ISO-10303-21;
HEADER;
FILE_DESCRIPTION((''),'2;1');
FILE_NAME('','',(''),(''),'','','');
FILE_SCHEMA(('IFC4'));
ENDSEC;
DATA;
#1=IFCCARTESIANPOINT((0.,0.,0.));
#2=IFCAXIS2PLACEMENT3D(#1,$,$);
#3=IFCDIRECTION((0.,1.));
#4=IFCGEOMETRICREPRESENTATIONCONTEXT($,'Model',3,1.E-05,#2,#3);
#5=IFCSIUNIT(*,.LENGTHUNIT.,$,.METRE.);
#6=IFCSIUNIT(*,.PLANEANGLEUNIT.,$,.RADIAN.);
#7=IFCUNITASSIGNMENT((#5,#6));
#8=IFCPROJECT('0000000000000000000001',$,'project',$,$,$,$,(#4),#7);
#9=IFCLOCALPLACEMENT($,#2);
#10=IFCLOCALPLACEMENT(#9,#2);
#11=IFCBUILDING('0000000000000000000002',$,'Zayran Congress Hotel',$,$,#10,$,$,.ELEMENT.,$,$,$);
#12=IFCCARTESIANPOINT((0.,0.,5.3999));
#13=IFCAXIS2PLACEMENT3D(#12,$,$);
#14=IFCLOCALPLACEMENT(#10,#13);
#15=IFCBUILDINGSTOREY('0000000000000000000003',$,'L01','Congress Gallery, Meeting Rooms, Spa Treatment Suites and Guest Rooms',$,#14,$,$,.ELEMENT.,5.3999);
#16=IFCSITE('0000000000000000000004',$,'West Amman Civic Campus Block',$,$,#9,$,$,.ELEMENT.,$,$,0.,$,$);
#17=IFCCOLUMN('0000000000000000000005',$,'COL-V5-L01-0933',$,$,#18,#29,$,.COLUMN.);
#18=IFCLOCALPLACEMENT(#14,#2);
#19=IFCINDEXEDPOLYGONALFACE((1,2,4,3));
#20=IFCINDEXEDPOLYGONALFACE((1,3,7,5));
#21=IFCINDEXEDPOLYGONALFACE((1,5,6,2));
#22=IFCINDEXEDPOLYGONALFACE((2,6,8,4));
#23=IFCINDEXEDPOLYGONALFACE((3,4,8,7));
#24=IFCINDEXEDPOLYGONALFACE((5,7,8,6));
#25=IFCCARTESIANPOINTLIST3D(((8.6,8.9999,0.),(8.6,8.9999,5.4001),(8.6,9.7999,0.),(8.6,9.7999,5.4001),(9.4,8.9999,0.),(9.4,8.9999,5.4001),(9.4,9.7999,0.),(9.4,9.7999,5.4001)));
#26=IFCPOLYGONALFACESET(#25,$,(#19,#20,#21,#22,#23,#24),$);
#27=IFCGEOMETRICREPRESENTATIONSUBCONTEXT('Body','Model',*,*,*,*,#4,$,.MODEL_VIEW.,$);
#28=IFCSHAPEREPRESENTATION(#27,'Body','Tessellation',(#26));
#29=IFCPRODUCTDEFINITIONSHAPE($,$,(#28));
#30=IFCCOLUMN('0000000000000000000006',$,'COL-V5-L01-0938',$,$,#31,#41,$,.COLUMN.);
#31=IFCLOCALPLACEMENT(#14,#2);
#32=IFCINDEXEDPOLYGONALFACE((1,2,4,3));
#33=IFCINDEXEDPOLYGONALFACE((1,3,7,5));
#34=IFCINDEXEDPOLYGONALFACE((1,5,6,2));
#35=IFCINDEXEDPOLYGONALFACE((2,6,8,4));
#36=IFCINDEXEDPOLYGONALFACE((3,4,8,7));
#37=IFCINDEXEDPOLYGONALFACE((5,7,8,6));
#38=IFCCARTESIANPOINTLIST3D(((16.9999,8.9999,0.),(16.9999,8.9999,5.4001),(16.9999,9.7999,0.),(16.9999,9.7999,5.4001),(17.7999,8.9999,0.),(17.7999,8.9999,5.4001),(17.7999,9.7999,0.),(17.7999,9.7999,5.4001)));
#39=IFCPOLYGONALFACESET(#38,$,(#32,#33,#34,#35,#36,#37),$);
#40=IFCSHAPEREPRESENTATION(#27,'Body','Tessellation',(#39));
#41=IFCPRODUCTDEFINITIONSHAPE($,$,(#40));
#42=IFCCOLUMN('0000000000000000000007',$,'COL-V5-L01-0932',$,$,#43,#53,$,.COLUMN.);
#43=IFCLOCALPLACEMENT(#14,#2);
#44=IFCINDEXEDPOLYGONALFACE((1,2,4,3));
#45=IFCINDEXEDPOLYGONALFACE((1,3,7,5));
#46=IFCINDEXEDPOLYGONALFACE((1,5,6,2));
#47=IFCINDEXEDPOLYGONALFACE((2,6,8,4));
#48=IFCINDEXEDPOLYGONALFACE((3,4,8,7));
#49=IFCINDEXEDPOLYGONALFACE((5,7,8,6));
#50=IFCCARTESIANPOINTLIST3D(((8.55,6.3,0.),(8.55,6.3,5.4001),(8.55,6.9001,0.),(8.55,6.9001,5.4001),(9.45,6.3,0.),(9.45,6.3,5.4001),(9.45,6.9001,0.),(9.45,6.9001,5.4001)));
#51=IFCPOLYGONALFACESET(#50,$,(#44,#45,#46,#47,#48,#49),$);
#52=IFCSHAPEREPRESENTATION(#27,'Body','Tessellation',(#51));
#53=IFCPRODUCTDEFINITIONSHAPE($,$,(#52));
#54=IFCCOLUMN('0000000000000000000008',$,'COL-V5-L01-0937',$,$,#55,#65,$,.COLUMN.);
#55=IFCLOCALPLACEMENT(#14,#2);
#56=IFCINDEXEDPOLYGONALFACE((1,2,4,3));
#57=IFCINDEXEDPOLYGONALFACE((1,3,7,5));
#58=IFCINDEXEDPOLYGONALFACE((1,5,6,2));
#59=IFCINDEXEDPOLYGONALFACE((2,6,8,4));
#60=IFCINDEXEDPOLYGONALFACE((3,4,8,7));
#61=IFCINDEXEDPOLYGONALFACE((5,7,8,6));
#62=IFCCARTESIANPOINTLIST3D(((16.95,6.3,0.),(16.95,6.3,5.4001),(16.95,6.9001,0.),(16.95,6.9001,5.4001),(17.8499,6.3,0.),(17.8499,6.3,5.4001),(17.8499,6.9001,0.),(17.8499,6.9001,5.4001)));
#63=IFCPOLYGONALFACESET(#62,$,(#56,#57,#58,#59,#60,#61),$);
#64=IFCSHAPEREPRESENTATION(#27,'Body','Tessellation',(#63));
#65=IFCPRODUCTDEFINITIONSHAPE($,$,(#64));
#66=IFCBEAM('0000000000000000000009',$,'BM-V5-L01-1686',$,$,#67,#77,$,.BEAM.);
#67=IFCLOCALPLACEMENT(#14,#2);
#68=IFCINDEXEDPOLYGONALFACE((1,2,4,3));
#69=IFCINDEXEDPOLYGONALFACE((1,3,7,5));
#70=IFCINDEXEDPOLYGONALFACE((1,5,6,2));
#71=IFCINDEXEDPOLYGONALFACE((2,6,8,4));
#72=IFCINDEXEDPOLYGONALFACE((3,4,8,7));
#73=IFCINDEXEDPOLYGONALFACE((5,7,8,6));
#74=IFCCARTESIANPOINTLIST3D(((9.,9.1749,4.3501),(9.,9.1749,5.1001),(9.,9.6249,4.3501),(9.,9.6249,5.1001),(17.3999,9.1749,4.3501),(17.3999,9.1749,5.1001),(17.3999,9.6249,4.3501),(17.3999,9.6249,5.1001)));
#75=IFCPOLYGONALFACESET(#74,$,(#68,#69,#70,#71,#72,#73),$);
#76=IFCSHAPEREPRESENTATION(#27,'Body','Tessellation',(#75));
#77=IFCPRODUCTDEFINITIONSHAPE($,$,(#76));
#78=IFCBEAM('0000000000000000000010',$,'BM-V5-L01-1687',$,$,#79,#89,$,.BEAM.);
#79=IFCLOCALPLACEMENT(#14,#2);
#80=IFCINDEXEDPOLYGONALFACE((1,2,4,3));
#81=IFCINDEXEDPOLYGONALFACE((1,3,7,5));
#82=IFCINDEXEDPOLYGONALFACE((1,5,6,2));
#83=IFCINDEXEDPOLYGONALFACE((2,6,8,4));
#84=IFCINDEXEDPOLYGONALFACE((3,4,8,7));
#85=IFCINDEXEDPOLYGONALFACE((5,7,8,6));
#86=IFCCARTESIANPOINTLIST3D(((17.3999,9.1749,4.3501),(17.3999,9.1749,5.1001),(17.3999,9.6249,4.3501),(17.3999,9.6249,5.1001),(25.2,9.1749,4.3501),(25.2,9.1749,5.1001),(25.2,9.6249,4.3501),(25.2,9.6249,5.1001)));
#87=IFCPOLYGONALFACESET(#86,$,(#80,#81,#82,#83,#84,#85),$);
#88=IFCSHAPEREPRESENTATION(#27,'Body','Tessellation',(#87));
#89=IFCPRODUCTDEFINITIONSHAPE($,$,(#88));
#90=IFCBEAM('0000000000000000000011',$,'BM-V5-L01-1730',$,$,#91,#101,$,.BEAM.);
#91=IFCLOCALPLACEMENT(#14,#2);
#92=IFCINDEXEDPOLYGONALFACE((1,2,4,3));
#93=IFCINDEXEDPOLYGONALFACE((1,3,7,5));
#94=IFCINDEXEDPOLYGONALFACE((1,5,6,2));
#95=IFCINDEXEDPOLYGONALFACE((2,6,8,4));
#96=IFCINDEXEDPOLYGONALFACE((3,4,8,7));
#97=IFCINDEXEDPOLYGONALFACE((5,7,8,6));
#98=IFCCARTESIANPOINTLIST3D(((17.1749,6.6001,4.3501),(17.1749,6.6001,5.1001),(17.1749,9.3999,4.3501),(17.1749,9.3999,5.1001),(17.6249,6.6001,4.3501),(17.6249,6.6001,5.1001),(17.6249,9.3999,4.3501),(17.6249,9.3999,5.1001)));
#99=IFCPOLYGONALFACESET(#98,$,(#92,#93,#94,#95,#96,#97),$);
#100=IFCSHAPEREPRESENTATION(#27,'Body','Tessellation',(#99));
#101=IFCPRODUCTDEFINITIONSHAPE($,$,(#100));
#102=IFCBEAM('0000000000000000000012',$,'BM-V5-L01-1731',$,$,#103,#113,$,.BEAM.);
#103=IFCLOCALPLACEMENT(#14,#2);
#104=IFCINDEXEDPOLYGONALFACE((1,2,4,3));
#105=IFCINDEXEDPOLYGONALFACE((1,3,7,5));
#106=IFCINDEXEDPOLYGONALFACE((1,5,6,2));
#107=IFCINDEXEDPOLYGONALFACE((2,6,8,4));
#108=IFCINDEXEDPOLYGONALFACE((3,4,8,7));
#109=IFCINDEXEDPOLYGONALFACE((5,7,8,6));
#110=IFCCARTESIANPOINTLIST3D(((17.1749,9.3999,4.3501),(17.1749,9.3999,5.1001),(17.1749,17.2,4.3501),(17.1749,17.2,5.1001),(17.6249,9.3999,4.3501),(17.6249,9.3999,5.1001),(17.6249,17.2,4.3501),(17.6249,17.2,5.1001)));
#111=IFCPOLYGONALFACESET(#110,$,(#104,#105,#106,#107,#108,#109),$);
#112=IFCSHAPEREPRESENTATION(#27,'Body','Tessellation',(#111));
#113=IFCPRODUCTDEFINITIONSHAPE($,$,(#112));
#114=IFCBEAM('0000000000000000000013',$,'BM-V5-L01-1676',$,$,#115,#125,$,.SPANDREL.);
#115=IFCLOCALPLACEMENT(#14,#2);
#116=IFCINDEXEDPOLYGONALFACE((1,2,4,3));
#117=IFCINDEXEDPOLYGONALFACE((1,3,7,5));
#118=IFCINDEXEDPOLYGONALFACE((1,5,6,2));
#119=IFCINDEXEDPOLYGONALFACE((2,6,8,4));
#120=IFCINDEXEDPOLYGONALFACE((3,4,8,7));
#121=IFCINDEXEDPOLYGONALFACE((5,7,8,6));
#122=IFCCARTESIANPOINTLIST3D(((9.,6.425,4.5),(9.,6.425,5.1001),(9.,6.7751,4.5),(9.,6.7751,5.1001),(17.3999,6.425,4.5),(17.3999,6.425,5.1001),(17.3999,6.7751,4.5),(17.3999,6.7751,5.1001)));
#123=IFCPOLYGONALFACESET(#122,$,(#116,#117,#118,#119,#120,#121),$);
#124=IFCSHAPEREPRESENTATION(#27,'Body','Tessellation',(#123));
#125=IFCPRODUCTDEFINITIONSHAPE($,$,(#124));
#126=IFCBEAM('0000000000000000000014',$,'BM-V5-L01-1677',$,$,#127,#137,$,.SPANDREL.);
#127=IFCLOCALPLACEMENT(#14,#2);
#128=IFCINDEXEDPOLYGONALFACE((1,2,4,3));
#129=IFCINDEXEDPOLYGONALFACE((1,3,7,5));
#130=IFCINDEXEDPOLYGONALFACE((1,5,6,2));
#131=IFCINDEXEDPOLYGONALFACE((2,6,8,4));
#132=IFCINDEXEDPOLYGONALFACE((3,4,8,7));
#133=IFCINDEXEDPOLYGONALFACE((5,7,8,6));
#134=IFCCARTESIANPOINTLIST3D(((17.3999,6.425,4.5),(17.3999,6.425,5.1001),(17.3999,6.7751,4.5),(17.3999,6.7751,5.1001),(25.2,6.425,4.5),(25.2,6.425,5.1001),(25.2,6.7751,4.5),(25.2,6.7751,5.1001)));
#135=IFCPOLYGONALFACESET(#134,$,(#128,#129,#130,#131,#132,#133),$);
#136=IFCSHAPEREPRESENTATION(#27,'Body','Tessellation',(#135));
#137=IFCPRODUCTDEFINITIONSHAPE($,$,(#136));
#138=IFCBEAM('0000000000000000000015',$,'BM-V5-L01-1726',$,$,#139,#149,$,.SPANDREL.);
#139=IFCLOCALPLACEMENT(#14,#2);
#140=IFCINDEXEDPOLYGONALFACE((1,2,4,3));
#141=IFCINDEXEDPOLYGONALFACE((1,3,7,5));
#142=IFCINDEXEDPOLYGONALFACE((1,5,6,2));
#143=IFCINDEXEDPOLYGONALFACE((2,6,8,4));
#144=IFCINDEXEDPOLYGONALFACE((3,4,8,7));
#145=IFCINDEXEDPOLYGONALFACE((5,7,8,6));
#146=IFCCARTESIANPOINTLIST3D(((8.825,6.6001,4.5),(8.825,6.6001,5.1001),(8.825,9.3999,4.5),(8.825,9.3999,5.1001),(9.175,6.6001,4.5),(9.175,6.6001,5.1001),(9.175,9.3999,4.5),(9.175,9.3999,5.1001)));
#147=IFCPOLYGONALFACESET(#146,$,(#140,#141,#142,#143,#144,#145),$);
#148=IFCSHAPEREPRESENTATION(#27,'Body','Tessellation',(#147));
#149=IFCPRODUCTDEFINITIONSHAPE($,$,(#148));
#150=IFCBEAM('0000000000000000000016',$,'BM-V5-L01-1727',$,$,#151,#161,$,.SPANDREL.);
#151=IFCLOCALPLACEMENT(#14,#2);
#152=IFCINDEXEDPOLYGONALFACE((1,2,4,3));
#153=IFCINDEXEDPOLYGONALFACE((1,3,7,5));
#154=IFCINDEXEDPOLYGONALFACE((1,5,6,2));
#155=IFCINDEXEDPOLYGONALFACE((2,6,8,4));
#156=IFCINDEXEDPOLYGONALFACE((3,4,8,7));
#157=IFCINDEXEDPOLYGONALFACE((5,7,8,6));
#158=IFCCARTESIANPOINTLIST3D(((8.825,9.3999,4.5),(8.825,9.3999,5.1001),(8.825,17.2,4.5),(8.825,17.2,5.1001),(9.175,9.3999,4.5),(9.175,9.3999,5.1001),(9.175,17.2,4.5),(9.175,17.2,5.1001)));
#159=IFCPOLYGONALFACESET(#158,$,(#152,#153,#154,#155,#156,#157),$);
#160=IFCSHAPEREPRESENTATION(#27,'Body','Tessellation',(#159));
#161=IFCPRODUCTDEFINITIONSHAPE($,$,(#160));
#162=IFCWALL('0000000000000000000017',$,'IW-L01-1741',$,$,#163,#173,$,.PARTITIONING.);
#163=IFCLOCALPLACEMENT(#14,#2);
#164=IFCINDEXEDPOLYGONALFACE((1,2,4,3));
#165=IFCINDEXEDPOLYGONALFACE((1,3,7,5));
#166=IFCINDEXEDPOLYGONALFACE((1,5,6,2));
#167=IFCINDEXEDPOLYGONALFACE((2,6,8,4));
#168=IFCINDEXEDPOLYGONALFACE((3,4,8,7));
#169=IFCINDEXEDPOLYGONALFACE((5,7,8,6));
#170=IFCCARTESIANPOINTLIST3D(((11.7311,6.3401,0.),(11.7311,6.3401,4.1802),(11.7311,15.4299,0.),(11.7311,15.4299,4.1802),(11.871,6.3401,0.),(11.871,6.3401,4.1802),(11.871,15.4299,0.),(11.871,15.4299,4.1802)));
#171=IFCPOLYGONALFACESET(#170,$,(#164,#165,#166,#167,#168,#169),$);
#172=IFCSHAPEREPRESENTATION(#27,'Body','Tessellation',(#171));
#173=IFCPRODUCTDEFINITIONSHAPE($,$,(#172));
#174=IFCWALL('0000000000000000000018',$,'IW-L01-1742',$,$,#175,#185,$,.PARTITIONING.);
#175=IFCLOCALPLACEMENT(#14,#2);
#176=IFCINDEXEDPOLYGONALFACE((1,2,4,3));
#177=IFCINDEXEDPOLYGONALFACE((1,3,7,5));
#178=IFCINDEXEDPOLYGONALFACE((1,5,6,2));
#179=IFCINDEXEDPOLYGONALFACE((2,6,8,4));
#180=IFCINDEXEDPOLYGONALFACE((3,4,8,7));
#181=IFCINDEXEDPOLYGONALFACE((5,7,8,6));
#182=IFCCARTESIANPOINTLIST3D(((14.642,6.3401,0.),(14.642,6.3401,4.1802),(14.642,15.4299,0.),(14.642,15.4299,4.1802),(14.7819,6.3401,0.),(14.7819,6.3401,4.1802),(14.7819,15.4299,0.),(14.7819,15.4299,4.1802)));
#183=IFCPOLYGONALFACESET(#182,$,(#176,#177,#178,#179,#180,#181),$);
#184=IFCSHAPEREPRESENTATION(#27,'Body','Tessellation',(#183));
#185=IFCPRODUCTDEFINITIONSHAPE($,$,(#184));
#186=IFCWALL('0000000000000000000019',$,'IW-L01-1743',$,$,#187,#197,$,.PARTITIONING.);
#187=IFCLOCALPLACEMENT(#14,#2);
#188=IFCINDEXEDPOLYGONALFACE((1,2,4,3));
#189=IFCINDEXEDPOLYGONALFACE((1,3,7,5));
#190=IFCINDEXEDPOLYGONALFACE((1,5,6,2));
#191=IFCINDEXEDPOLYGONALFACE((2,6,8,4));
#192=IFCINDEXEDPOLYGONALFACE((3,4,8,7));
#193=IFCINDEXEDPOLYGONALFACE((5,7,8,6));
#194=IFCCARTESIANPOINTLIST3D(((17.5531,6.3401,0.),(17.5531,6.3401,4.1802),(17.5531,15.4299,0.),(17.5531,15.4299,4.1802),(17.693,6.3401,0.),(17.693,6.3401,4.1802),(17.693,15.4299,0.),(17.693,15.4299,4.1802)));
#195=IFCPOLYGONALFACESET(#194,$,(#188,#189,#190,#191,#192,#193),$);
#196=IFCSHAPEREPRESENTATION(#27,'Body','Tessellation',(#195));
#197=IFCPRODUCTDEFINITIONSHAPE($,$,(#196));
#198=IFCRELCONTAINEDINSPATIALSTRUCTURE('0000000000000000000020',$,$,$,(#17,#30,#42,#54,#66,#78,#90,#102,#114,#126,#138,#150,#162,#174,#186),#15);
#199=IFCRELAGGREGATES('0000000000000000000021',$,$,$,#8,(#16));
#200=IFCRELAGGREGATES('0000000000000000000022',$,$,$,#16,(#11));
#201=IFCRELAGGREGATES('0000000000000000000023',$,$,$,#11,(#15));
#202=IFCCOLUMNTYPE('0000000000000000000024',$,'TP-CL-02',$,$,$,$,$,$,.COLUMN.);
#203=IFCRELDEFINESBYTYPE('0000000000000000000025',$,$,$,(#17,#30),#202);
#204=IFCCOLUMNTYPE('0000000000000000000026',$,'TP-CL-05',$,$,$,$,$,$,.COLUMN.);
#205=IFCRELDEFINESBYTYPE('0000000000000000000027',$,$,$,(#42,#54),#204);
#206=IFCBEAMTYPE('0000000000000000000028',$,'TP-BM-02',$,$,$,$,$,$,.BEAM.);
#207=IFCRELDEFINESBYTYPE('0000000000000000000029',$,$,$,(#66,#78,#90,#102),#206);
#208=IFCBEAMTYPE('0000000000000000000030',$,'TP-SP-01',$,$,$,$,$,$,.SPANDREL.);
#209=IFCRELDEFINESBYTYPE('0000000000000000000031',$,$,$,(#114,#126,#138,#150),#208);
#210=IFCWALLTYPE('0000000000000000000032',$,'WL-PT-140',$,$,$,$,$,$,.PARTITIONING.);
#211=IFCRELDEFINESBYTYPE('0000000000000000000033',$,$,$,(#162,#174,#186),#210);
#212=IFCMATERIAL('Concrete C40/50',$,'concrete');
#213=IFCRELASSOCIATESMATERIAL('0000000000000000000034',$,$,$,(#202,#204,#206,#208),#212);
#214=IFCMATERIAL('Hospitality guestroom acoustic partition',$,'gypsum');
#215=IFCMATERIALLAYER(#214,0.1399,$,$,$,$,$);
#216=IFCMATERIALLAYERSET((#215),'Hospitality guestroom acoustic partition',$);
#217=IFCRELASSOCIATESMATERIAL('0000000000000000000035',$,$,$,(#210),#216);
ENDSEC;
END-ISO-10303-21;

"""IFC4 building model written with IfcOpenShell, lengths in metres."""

from ifc_helpers import new_model, si_unit, direction, frame, frame_2d, origin, origin_2d, place, context, subcontext, project, spatial, rectangle, extrude, material, layer, layer_set, material_profile, profile_set, type_object, element, save


model = new_model("IFC4")

# Units and contexts
model_context = context("Model", 3, precision=1e-05, world=origin(), true_north=direction((0.0, 1.0)))
body_context = subcontext(model_context, "Body", "Model", "MODEL_VIEW")
ifc_project = project(units=[si_unit("LENGTHUNIT", "METRE"), si_unit("PLANEANGLEUNIT", "RADIAN")], contexts=[model_context])

# Site, building, storey
site_placement = place(None, origin())
site = spatial("IfcSite", under=ifc_project, at=site_placement, Name="West Amman Civic Campus Block", CompositionType="ELEMENT", RefElevation=0.0)
building_placement = place(site_placement, origin())
building = spatial("IfcBuilding", under=site, at=building_placement, Name="Zayran Congress Hotel", CompositionType="ELEMENT")
storey_placement = place(building_placement, frame((0.0, 0.0, 5.3999)))
storey = spatial("IfcBuildingStorey", under=building, at=storey_placement, Name="L01", Description="Congress Gallery, Meeting Rooms, Spa Treatment Suites and Guest Rooms", CompositionType="ELEMENT", Elevation=5.3999)

# Columns
ifc_material_1 = material(Name="Concrete C40/50", Category="concrete")
ifc_material_profile_1 = material_profile(ifc_material_1, rectangle(XDim=0.8, YDim=0.8, at=origin_2d()), Name="RC 800x800")
ifc_profile_set_1 = profile_set([ifc_material_profile_1], Name="Concrete C40/50")
column_type_1 = type_object("IfcColumnType", Name="TP-CL-02", PredefinedType="COLUMN", material=ifc_profile_set_1)
for number, where, z_axis, x_axis, name in (
    (1, (9.0, 9.3999, 0.0), (0.0, 0.0, 1.0), (1.0, 0.0, 0.0), "COL-V5-L01-0933"),
    (2, (17.3999, 9.3999, 0.0), (0.0, 0.0, 1.0), (1.0, 0.0, 0.0), "COL-V5-L01-0938"),
):
    element("IfcColumn", number, at=place(storey_placement, frame(where, z_axis=z_axis, x_axis=x_axis)), inside=storey, type_object=column_type_1, Name=name, PredefinedType="COLUMN", context=body_context, shape_type="SweptSolid", body=[
        extrude(rectangle(XDim=0.8, YDim=0.8, at=origin_2d()), origin(), (0.0, 0.0, 1.0), 5.4001),
    ])
ifc_material_profile_2 = material_profile(ifc_material_1, rectangle(XDim=0.6001, YDim=0.8999, at=origin_2d()), Name="RC 900x600")
ifc_profile_set_2 = profile_set([ifc_material_profile_2], Name="Concrete C40/50")
column_type_2 = type_object("IfcColumnType", Name="TP-CL-05", PredefinedType="COLUMN", material=ifc_profile_set_2)
for number, where, z_axis, x_axis, name in (
    (3, (9.0, 6.6001, 0.0), (0.0, 0.0, 1.0), (0.0, 1.0, 0.0), "COL-V5-L01-0932"),
    (4, (17.3999, 6.6001, 0.0), (0.0, 0.0, 1.0), (0.0, 1.0, 0.0), "COL-V5-L01-0937"),
):
    element("IfcColumn", number, at=place(storey_placement, frame(where, z_axis=z_axis, x_axis=x_axis)), inside=storey, type_object=column_type_2, Name=name, PredefinedType="COLUMN", context=body_context, shape_type="SweptSolid", body=[
        extrude(rectangle(XDim=0.6001, YDim=0.8999, at=origin_2d()), origin(), (0.0, 0.0, 1.0), 5.4001),
    ])

# Beams
ifc_material_profile_3 = material_profile(ifc_material_1, rectangle(XDim=0.45, YDim=0.75, at=origin_2d()), Name="RC 450x750")
ifc_profile_set_3 = profile_set([ifc_material_profile_3], Name="Concrete C40/50")
beam_type_1 = type_object("IfcBeamType", Name="TP-BM-02", PredefinedType="BEAM", material=ifc_profile_set_3)
beam_1_placement = place(storey_placement, frame((9.0, 9.3999, 4.7251), z_axis=(1.0, 0.0, 0.0), x_axis=(0.0, 1.0, 0.0)))
element("IfcBeam", 5, at=beam_1_placement, inside=storey, type_object=beam_type_1, Name="BM-V5-L01-1686", PredefinedType="BEAM", context=body_context, shape_type="SweptSolid", body=[
    extrude(rectangle(XDim=0.45, YDim=0.75, at=origin_2d()), origin(), (0.0, 0.0, 1.0), 8.3999),
])
beam_2_placement = place(storey_placement, frame((17.3999, 9.3999, 4.7251), z_axis=(1.0, 0.0, 0.0), x_axis=(0.0, 1.0, 0.0)))
element("IfcBeam", 6, at=beam_2_placement, inside=storey, type_object=beam_type_1, Name="BM-V5-L01-1687", PredefinedType="BEAM", context=body_context, shape_type="SweptSolid", body=[
    extrude(rectangle(XDim=0.45, YDim=0.75, at=origin_2d()), origin(), (0.0, 0.0, 1.0), 7.8),
])
beam_3_placement = place(storey_placement, frame((17.3999, 6.6001, 4.7251), z_axis=(0.0, 1.0, 0.0), x_axis=(-1.0, 0.0, 0.0)))
element("IfcBeam", 7, at=beam_3_placement, inside=storey, type_object=beam_type_1, Name="BM-V5-L01-1730", PredefinedType="BEAM", context=body_context, shape_type="SweptSolid", body=[
    extrude(rectangle(XDim=0.45, YDim=0.75, at=origin_2d()), origin(), (0.0, 0.0, 1.0), 2.7998),
])
beam_4_placement = place(storey_placement, frame((17.3999, 9.3999, 4.7251), z_axis=(0.0, 1.0, 0.0), x_axis=(-1.0, 0.0, 0.0)))
element("IfcBeam", 8, at=beam_4_placement, inside=storey, type_object=beam_type_1, Name="BM-V5-L01-1731", PredefinedType="BEAM", context=body_context, shape_type="SweptSolid", body=[
    extrude(rectangle(XDim=0.45, YDim=0.75, at=origin_2d()), origin(), (0.0, 0.0, 1.0), 7.8),
])
ifc_material_profile_4 = material_profile(ifc_material_1, rectangle(XDim=0.3501, YDim=0.6001, at=origin_2d()), Name="RC 350x600")
ifc_profile_set_4 = profile_set([ifc_material_profile_4], Name="Concrete C40/50")
beam_type_2 = type_object("IfcBeamType", Name="TP-SP-01", PredefinedType="SPANDREL", material=ifc_profile_set_4)
beam_5_placement = place(storey_placement, frame((9.0, 6.6001, 4.8), z_axis=(1.0, 0.0, 0.0), x_axis=(0.0, 1.0, 0.0)))
element("IfcBeam", 9, at=beam_5_placement, inside=storey, type_object=beam_type_2, Name="BM-V5-L01-1676", PredefinedType="SPANDREL", context=body_context, shape_type="SweptSolid", body=[
    extrude(rectangle(XDim=0.3501, YDim=0.6001, at=origin_2d()), origin(), (0.0, 0.0, 1.0), 8.3999),
])
beam_6_placement = place(storey_placement, frame((17.3999, 6.6001, 4.8), z_axis=(1.0, 0.0, 0.0), x_axis=(0.0, 1.0, 0.0)))
element("IfcBeam", 10, at=beam_6_placement, inside=storey, type_object=beam_type_2, Name="BM-V5-L01-1677", PredefinedType="SPANDREL", context=body_context, shape_type="SweptSolid", body=[
    extrude(rectangle(XDim=0.3501, YDim=0.6001, at=origin_2d()), origin(), (0.0, 0.0, 1.0), 7.8),
])
beam_7_placement = place(storey_placement, frame((9.0, 6.6001, 4.8), z_axis=(0.0, 1.0, 0.0), x_axis=(-1.0, 0.0, 0.0)))
element("IfcBeam", 11, at=beam_7_placement, inside=storey, type_object=beam_type_2, Name="BM-V5-L01-1726", PredefinedType="SPANDREL", context=body_context, shape_type="SweptSolid", body=[
    extrude(rectangle(XDim=0.3501, YDim=0.6001, at=origin_2d()), origin(), (0.0, 0.0, 1.0), 2.7998),
])
beam_8_placement = place(storey_placement, frame((9.0, 9.3999, 4.8), z_axis=(0.0, 1.0, 0.0), x_axis=(-1.0, 0.0, 0.0)))
element("IfcBeam", 12, at=beam_8_placement, inside=storey, type_object=beam_type_2, Name="BM-V5-L01-1727", PredefinedType="SPANDREL", context=body_context, shape_type="SweptSolid", body=[
    extrude(rectangle(XDim=0.3501, YDim=0.6001, at=origin_2d()), origin(), (0.0, 0.0, 1.0), 7.8),
])

# Walls
ifc_material_2 = material(Name="Hospitality guestroom acoustic partition", Category="gypsum")
ifc_layer_1 = layer(ifc_material_2, 0.1399)
ifc_layer_set_1 = layer_set([ifc_layer_1], Name="Hospitality guestroom acoustic partition")
wall_type_1 = type_object("IfcWallType", Name="WL-PT-140", PredefinedType="PARTITIONING", material=ifc_layer_set_1)
for number, where, z_axis, x_axis, name in (
    (13, (11.801, 6.3401, 0.0), (0.0, 0.0, 1.0), (0.0, 1.0, 0.0), "IW-L01-1741"),
    (14, (14.7119, 6.3401, 0.0), (0.0, 0.0, 1.0), (0.0, 1.0, 0.0), "IW-L01-1742"),
    (15, (17.623, 6.3401, 0.0), (0.0, 0.0, 1.0), (0.0, 1.0, 0.0), "IW-L01-1743"),
):
    element("IfcWall", number, at=place(storey_placement, frame(where, z_axis=z_axis, x_axis=x_axis)), inside=storey, type_object=wall_type_1, Name=name, PredefinedType="PARTITIONING", context=body_context, shape_type="SweptSolid", body=[
        extrude(rectangle(XDim=9.0898, YDim=0.1399, at=frame_2d((4.5449, 0.0))), origin(), (0.0, 0.0, 1.0), 4.1802),
    ])

save(model, "model.ifc")
